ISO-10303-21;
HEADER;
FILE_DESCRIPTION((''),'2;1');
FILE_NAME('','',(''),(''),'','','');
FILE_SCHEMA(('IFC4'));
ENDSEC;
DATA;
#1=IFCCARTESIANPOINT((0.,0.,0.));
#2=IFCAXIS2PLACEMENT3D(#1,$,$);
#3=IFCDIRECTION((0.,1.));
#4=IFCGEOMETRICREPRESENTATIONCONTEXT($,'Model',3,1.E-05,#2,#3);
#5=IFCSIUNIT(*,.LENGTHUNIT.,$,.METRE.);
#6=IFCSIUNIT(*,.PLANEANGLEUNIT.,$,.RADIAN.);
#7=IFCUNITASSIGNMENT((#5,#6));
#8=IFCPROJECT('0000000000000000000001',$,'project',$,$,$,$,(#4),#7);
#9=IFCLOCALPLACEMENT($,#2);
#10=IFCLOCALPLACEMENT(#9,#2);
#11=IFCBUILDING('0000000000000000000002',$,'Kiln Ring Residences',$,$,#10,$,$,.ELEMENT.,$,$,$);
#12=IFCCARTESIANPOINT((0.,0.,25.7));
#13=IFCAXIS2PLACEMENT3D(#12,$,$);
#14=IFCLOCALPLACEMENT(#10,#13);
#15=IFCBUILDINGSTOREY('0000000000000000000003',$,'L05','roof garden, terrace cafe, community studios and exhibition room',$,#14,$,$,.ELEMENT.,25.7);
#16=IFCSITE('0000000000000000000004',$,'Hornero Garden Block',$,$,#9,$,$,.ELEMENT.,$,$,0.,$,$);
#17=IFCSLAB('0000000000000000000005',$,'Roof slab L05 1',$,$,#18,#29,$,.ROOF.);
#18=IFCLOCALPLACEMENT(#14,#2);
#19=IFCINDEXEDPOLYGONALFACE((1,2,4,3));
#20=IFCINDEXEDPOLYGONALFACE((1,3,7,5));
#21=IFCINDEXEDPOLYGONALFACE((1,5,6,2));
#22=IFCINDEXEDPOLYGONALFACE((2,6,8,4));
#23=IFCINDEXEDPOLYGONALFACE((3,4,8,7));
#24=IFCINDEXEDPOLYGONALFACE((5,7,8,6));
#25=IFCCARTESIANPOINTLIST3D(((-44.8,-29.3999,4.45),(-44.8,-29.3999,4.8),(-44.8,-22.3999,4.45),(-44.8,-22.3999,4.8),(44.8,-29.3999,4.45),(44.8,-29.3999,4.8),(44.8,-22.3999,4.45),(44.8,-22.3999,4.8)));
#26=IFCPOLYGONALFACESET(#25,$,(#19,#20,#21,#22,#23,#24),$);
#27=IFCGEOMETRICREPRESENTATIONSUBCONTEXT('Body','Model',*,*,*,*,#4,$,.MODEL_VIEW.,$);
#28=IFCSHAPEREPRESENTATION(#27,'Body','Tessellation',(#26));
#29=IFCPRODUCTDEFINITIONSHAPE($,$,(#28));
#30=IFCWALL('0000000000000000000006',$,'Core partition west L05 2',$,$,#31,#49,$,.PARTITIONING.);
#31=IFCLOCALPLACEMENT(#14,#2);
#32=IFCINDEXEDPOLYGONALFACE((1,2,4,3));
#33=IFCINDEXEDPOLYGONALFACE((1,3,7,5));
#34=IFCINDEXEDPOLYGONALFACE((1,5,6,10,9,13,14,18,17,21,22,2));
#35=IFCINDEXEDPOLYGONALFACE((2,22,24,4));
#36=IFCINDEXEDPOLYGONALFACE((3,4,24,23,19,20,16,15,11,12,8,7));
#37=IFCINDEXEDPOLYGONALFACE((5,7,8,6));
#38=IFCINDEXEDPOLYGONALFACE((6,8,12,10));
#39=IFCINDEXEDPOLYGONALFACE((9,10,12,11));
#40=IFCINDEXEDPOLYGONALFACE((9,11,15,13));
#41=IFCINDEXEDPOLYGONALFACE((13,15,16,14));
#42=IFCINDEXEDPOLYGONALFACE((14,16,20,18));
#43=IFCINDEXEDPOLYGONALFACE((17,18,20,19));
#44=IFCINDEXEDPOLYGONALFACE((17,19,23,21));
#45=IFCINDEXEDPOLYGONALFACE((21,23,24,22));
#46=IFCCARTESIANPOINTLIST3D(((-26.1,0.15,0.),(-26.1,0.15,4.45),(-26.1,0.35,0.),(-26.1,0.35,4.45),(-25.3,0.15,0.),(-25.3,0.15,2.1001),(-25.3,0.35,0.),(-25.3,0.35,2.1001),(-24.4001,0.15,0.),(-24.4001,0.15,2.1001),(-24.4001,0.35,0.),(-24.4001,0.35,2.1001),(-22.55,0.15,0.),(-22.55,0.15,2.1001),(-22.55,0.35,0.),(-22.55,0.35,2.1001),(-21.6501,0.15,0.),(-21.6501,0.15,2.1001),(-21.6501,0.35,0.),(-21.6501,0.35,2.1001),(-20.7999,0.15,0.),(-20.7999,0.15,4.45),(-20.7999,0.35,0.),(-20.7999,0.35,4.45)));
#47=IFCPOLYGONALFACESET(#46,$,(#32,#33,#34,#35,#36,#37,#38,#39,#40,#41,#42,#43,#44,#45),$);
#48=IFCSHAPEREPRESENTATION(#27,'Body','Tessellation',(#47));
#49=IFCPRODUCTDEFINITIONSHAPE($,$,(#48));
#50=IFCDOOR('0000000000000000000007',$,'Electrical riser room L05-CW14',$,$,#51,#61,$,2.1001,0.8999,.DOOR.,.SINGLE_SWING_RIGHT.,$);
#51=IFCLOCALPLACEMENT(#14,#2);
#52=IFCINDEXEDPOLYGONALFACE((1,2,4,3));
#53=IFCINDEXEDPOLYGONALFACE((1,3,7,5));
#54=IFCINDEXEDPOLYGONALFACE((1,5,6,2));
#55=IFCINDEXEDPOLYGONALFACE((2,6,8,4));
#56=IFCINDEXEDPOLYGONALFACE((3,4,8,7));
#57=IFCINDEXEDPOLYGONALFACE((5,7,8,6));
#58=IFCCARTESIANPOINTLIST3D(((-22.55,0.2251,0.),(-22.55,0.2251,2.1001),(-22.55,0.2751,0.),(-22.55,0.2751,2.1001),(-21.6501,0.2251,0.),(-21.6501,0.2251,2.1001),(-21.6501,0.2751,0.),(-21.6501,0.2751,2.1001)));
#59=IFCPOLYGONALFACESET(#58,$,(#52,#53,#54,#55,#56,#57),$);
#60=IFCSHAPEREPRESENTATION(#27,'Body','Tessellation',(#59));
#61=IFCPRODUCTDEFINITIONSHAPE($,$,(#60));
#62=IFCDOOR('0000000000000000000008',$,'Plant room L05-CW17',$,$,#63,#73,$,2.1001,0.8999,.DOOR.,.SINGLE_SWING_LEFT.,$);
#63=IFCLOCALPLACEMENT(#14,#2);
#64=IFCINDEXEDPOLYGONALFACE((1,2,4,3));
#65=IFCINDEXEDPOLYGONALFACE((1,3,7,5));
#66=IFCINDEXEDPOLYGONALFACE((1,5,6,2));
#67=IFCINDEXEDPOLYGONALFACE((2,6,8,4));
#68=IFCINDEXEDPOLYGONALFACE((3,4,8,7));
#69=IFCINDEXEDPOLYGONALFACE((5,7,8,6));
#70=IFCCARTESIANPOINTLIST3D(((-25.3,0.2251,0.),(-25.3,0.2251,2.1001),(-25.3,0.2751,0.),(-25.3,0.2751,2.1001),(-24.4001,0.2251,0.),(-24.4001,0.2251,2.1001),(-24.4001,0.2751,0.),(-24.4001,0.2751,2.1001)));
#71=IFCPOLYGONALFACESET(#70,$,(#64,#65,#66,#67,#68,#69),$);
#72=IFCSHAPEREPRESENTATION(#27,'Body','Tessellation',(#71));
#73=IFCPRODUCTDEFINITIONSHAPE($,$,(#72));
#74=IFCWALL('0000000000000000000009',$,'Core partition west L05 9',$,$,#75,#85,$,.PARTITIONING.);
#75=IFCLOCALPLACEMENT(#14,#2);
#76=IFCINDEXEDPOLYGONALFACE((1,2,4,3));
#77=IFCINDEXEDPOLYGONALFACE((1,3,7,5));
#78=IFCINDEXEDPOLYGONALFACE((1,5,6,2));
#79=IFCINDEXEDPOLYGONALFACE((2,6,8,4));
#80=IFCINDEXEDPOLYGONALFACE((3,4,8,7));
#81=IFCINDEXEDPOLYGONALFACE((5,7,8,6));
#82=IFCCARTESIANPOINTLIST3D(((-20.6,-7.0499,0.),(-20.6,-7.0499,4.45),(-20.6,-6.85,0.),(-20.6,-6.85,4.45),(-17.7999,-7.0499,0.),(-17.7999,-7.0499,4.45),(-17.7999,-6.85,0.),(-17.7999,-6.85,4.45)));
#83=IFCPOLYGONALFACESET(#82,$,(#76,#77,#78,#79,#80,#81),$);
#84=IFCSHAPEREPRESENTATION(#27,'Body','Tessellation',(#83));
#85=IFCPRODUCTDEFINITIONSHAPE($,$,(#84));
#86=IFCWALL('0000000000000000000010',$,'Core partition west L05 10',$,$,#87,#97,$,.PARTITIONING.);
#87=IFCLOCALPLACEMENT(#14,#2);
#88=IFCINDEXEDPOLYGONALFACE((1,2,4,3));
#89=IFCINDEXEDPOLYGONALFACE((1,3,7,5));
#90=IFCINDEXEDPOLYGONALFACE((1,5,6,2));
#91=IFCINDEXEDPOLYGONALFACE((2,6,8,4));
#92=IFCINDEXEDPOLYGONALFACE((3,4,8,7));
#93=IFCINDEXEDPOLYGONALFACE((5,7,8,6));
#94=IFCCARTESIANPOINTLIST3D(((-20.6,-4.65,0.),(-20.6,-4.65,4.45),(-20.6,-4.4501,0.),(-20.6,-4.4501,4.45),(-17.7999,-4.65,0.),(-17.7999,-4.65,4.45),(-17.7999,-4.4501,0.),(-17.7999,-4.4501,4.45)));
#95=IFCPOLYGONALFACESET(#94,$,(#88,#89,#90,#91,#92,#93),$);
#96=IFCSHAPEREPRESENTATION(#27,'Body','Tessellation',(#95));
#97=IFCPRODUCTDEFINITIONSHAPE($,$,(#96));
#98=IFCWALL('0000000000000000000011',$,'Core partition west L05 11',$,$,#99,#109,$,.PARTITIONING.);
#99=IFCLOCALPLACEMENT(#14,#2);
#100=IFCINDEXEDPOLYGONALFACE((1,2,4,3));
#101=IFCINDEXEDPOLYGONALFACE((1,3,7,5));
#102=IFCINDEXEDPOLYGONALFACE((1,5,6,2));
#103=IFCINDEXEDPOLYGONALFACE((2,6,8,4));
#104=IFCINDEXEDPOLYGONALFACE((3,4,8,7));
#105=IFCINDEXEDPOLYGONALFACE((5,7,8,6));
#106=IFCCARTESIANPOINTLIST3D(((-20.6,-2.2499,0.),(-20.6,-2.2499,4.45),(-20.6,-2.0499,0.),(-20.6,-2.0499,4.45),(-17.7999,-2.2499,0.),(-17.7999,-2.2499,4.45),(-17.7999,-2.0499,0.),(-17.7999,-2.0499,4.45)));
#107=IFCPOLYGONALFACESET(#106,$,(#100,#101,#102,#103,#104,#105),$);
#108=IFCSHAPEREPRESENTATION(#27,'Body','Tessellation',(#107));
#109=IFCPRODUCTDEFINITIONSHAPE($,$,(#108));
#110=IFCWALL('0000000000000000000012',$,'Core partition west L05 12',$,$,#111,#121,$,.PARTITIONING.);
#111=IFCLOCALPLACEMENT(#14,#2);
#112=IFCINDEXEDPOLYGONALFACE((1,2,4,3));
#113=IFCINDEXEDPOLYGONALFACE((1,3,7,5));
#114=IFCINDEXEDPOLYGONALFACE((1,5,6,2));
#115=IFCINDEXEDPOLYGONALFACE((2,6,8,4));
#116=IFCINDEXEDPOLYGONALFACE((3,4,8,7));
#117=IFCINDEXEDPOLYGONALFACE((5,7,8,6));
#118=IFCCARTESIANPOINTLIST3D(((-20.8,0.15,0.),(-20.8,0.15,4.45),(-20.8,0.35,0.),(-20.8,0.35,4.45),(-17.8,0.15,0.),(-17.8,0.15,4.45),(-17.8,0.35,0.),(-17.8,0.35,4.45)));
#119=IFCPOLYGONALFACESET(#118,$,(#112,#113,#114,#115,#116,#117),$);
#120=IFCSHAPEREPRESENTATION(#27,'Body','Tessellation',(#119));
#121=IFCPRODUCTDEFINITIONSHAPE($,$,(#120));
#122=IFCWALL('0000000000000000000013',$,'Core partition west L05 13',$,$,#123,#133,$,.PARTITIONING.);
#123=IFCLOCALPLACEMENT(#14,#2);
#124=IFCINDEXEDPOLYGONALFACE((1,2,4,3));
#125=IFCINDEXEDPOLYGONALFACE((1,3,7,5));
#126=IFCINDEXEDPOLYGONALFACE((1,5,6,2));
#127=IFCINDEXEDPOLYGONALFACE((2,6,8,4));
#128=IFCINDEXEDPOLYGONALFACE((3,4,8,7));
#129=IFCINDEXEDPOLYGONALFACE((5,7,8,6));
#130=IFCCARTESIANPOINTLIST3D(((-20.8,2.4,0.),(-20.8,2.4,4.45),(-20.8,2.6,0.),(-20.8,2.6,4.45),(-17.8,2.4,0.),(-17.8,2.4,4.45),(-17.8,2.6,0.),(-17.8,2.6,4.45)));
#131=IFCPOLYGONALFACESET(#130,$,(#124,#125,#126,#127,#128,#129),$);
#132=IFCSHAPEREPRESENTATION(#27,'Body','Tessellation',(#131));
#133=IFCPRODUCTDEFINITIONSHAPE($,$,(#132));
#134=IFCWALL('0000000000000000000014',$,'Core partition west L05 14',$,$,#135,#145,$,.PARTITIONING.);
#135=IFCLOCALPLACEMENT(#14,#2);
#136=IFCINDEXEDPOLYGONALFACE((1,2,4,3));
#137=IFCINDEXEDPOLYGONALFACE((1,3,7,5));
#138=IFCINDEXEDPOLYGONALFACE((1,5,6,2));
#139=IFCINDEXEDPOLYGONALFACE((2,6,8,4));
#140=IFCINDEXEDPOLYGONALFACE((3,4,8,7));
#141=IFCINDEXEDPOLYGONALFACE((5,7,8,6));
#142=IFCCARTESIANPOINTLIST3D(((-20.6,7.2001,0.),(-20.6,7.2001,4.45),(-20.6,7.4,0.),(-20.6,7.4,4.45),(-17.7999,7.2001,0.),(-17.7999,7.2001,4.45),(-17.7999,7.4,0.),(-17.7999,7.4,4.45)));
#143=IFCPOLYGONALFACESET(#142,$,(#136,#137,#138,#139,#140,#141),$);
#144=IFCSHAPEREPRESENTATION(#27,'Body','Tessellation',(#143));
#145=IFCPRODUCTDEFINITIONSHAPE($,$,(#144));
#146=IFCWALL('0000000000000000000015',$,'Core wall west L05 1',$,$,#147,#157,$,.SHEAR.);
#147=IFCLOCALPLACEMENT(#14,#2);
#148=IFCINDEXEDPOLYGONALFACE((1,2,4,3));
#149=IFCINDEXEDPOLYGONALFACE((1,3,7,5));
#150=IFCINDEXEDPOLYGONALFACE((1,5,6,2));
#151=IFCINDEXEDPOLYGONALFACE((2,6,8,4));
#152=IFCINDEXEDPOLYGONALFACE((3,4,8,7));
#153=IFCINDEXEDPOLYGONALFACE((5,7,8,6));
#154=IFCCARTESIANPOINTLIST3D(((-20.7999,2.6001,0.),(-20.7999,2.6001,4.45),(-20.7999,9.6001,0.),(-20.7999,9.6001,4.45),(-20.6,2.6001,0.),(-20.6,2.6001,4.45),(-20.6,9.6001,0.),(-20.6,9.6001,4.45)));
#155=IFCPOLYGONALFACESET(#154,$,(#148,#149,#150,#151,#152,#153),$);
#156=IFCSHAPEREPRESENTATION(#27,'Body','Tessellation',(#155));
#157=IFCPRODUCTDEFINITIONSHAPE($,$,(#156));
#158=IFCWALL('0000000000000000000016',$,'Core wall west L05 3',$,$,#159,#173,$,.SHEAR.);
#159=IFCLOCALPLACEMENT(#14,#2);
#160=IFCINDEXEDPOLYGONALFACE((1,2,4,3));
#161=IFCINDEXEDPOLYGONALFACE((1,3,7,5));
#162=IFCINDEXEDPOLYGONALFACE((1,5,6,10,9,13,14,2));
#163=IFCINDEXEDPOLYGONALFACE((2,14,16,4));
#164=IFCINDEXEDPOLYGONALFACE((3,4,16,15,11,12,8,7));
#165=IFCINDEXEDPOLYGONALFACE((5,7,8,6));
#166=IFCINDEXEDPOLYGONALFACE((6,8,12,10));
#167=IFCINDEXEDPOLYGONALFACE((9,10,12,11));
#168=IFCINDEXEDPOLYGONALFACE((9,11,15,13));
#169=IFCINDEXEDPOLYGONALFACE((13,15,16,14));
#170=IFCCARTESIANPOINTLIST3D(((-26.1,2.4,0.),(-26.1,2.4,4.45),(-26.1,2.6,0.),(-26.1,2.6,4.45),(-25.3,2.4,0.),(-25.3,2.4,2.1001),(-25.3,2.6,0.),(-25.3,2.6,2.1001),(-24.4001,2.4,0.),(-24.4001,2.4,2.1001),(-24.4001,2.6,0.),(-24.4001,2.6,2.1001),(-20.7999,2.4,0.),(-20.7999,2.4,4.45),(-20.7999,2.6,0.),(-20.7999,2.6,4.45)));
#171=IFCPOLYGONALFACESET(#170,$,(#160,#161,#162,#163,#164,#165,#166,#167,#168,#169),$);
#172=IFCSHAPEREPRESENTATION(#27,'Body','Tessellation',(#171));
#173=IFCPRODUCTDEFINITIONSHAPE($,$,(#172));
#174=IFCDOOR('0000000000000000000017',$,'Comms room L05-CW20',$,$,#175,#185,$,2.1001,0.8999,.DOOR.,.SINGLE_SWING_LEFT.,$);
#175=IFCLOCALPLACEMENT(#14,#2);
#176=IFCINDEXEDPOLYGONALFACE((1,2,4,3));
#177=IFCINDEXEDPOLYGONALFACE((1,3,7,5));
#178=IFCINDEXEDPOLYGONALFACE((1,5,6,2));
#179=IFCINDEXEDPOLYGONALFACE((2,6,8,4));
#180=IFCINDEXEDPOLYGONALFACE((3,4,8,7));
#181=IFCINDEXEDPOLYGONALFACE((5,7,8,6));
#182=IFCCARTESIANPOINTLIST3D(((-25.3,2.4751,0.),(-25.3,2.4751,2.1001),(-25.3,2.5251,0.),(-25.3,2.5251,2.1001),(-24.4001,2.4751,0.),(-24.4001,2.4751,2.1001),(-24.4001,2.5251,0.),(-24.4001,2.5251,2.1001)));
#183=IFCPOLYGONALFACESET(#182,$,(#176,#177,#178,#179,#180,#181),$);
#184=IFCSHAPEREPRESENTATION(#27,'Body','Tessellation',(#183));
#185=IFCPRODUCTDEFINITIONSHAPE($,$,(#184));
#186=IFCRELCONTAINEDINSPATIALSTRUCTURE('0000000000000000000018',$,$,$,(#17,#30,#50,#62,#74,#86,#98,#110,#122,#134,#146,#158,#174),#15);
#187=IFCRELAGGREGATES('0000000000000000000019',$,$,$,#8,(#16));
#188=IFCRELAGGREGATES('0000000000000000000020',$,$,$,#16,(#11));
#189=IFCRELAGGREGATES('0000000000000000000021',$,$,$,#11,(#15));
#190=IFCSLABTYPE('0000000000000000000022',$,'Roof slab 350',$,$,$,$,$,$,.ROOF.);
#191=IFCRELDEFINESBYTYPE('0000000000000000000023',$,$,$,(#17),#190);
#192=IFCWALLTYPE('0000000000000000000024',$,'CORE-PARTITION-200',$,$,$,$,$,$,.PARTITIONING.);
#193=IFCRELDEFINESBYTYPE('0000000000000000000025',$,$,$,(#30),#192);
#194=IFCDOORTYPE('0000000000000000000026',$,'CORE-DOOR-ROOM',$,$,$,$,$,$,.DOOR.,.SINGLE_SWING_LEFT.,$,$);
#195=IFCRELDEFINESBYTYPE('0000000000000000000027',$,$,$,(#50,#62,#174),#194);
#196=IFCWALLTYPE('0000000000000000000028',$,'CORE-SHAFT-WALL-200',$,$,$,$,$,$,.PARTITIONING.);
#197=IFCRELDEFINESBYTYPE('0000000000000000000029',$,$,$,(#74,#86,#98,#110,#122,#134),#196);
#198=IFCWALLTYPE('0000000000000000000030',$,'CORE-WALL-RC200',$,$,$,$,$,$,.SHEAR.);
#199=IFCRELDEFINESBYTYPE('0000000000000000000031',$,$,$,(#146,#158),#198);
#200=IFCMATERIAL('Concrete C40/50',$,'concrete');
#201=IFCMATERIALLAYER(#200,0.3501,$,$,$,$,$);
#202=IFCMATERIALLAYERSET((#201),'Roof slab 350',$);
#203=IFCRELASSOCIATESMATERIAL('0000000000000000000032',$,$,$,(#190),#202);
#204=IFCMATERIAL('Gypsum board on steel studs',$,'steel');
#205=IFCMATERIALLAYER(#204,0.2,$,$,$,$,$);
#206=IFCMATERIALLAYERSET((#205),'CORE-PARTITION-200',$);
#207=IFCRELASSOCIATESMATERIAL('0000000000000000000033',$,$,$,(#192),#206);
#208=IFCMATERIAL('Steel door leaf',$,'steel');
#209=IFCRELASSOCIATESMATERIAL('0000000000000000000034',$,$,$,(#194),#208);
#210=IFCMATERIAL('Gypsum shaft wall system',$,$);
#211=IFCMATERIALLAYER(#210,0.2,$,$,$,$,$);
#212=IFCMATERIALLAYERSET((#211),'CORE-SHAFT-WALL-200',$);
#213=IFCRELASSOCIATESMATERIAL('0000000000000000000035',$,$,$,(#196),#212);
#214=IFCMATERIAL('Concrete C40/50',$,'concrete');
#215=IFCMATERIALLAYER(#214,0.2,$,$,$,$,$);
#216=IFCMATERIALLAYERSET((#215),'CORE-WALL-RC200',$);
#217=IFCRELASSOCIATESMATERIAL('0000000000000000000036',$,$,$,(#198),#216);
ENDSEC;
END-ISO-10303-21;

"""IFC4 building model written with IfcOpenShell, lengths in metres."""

from ifc_helpers import new_model, si_unit, direction, frame, frame_2d, origin, place, context, subcontext, project, spatial, polyline, rectangle, outline, extrude, material, layer, layer_set, type_object, element, fill, save


model = new_model("IFC4")

# Units and contexts
model_context = context("Model", 3, precision=1e-05, world=origin(), true_north=direction((0.0, 1.0)))
body_context = subcontext(model_context, "Body", "Model", "MODEL_VIEW")
ifc_project = project(units=[si_unit("LENGTHUNIT", "METRE"), si_unit("PLANEANGLEUNIT", "RADIAN")], contexts=[model_context])

# Site, building, storey
site_placement = place(None, origin())
site = spatial("IfcSite", under=ifc_project, at=site_placement, Name="Hornero Garden Block", CompositionType="ELEMENT", RefElevation=0.0)
building_placement = place(site_placement, origin())
building = spatial("IfcBuilding", under=site, at=building_placement, Name="Kiln Ring Residences", CompositionType="ELEMENT")
storey_placement = place(building_placement, frame((0.0, 0.0, 25.7)))
storey = spatial("IfcBuildingStorey", under=building, at=storey_placement, Name="L05", Description="roof garden, terrace cafe, community studios and exhibition room", CompositionType="ELEMENT", Elevation=25.7)

# Slab
ifc_material_1 = material(Name="Concrete C40/50", Category="concrete")
ifc_layer_1 = layer(ifc_material_1, 0.3501)
ifc_layer_set_1 = layer_set([ifc_layer_1], Name="Roof slab 350")
slab_type_1 = type_object("IfcSlabType", Name="Roof slab 350", PredefinedType="ROOF", material=ifc_layer_set_1)
slab_1_placement = place(storey_placement, frame((0.0, 0.0, 4.45)))
element("IfcSlab", 1, at=slab_1_placement, inside=storey, type_object=slab_type_1, Name="Roof slab L05 1", PredefinedType="ROOF", context=body_context, shape_type="SweptSolid", body=[
    extrude(outline(polyline([(-44.8, -22.3999), (-44.8, -29.3999), (44.8, -29.3999), (44.8, -22.3999), (-44.8, -22.3999)])), origin(), (0.0, 0.0, 1.0), 0.3501),
])

# Wall, openings, doors
ifc_material_2 = material(Name="Gypsum board on steel studs", Category="steel")
ifc_layer_2 = layer(ifc_material_2, 0.2)
ifc_layer_set_2 = layer_set([ifc_layer_2], Name="CORE-PARTITION-200")
wall_type_1 = type_object("IfcWallType", Name="CORE-PARTITION-200", PredefinedType="PARTITIONING", material=ifc_layer_set_2)
wall_1_placement = place(storey_placement, frame((-20.8, 0.25, 0.0), z_axis=(0.0, 0.0, 1.0), x_axis=(-1.0, 0.0, 0.0)))
wall_1 = element("IfcWall", 2, at=wall_1_placement, inside=storey, type_object=wall_type_1, Name="Core partition west L05 2", PredefinedType="PARTITIONING", context=body_context, shape_type="SweptSolid", body=[
    extrude(rectangle(XDim=5.3, YDim=0.2, at=frame_2d((2.6499, 0.0))), origin(), (0.0, 0.0, 1.0), 4.45),
])
opening_1_placement = place(wall_1_placement, frame((0.8501, 0.0, 0.0)))
opening_1 = element("IfcOpeningElement", 3, at=opening_1_placement, cuts=wall_1, PredefinedType="OPENING", context=body_context, shape_type="SweptSolid", body=[
    extrude(rectangle(XDim=0.8999, YDim=2.1001, at=frame_2d((0.45, 1.05))), frame((0.0, 0.1099, 0.0), z_axis=(0.0, -1.0, 0.0), x_axis=(1.0, 0.0, 0.0)), (0.0, 0.0, 1.0), 0.22),
])
opening_2_placement = place(wall_1_placement, frame((3.6001, 0.0, 0.0)))
opening_2 = element("IfcOpeningElement", 4, at=opening_2_placement, cuts=wall_1, PredefinedType="OPENING", context=body_context, shape_type="SweptSolid", body=[
    extrude(rectangle(XDim=0.8999, YDim=2.1001, at=frame_2d((0.45, 1.05))), frame((0.0, 0.1099, 0.0), z_axis=(0.0, -1.0, 0.0), x_axis=(1.0, 0.0, 0.0)), (0.0, 0.0, 1.0), 0.22),
])
ifc_material_3 = material(Name="Steel door leaf", Category="steel")
door_type = type_object("IfcDoorType", Name="CORE-DOOR-ROOM", OperationType="SINGLE_SWING_LEFT", PredefinedType="DOOR", material=ifc_material_3)
door_1_placement = place(opening_1_placement, origin())
door_1 = element("IfcDoor", 5, at=door_1_placement, inside=storey, type_object=door_type, Name="Electrical riser room L05-CW14", OperationType="SINGLE_SWING_RIGHT", OverallHeight=2.1001, OverallWidth=0.8999, PredefinedType="DOOR", context=body_context, shape_type="SweptSolid", body=[
    extrude(rectangle(XDim=0.8999, YDim=2.1001, at=frame_2d((0.45, 1.05))), frame((0.0, 0.0249, 0.0), z_axis=(0.0, -1.0, 0.0), x_axis=(1.0, 0.0, 0.0)), (0.0, 0.0, 1.0), 0.05),
])
fill(opening_1, door_1)
door_2_placement = place(opening_2_placement, origin())
door_2 = element("IfcDoor", 6, at=door_2_placement, inside=storey, type_object=door_type, Name="Plant room L05-CW17", OperationType="SINGLE_SWING_LEFT", OverallHeight=2.1001, OverallWidth=0.8999, PredefinedType="DOOR", context=body_context, shape_type="SweptSolid", body=[
    extrude(rectangle(XDim=0.8999, YDim=2.1001, at=frame_2d((0.45, 1.05))), frame((0.0, 0.0249, 0.0), z_axis=(0.0, -1.0, 0.0), x_axis=(1.0, 0.0, 0.0)), (0.0, 0.0, 1.0), 0.05),
])
fill(opening_2, door_2)

# Walls
ifc_material_4 = material(Name="Gypsum shaft wall system")
ifc_layer_3 = layer(ifc_material_4, 0.2)
ifc_layer_set_3 = layer_set([ifc_layer_3], Name="CORE-SHAFT-WALL-200")
wall_type_2 = type_object("IfcWallType", Name="CORE-SHAFT-WALL-200", PredefinedType="PARTITIONING", material=ifc_layer_set_3)
for number, where, z_axis, x_axis, name in (
    (7, (-17.8, -6.95, 0.0), (0.0, 0.0, 1.0), (-1.0, 0.0, 0.0), "Core partition west L05 9"),
    (8, (-17.8, -4.55, 0.0), (0.0, 0.0, 1.0), (-1.0, 0.0, 0.0), "Core partition west L05 10"),
    (9, (-17.8, -2.1499, 0.0), (0.0, 0.0, 1.0), (-1.0, 0.0, 0.0), "Core partition west L05 11"),
):
    element("IfcWall", number, at=place(storey_placement, frame(where, z_axis=z_axis, x_axis=x_axis)), inside=storey, type_object=wall_type_2, Name=name, PredefinedType="PARTITIONING", context=body_context, shape_type="SweptSolid", body=[
        extrude(rectangle(XDim=2.8, YDim=0.2, at=frame_2d((1.3999, 0.0))), origin(), (0.0, 0.0, 1.0), 4.45),
    ])
for number, where, z_axis, x_axis, name in (
    (10, (-17.8, 0.25, 0.0), (0.0, 0.0, 1.0), (-1.0, 0.0, 0.0), "Core partition west L05 12"),
    (11, (-17.8, 2.5, 0.0), (0.0, 0.0, 1.0), (-1.0, 0.0, 0.0), "Core partition west L05 13"),
):
    element("IfcWall", number, at=place(storey_placement, frame(where, z_axis=z_axis, x_axis=x_axis)), inside=storey, type_object=wall_type_2, Name=name, PredefinedType="PARTITIONING", context=body_context, shape_type="SweptSolid", body=[
        extrude(rectangle(XDim=3.0, YDim=0.2, at=frame_2d((1.5, 0.0))), origin(), (0.0, 0.0, 1.0), 4.45),
    ])
wall_2_placement = place(storey_placement, frame((-17.8, 7.3, 0.0), z_axis=(0.0, 0.0, 1.0), x_axis=(-1.0, 0.0, 0.0)))
element("IfcWall", 12, at=wall_2_placement, inside=storey, type_object=wall_type_2, Name="Core partition west L05 14", PredefinedType="PARTITIONING", context=body_context, shape_type="SweptSolid", body=[
    extrude(rectangle(XDim=2.8, YDim=0.2, at=frame_2d((1.3999, 0.0))), origin(), (0.0, 0.0, 1.0), 4.45),
])
ifc_material_5 = material(Name="Concrete C40/50", Category="concrete")
ifc_layer_4 = layer(ifc_material_5, 0.2)
ifc_layer_set_4 = layer_set([ifc_layer_4], Name="CORE-WALL-RC200")
wall_type_3 = type_object("IfcWallType", Name="CORE-WALL-RC200", PredefinedType="SHEAR", material=ifc_layer_set_4)
wall_3_placement = place(storey_placement, frame((-20.7, 2.6001, 0.0), z_axis=(0.0, 0.0, 1.0), x_axis=(0.0, 1.0, 0.0)))
element("IfcWall", 13, at=wall_3_placement, inside=storey, type_object=wall_type_3, Name="Core wall west L05 1", PredefinedType="SHEAR", context=body_context, shape_type="SweptSolid", body=[
    extrude(rectangle(XDim=7.0, YDim=0.2, at=frame_2d((3.5, 0.0))), origin(), (0.0, 0.0, 1.0), 4.45),
])

# Wall, opening, door
wall_4_placement = place(storey_placement, frame((-20.8, 2.5, 0.0), z_axis=(0.0, 0.0, 1.0), x_axis=(-1.0, 0.0, 0.0)))
wall_4 = element("IfcWall", 14, at=wall_4_placement, inside=storey, type_object=wall_type_3, Name="Core wall west L05 3", PredefinedType="SHEAR", context=body_context, shape_type="SweptSolid", body=[
    extrude(rectangle(XDim=5.3, YDim=0.2, at=frame_2d((2.6499, 0.0))), origin(), (0.0, 0.0, 1.0), 4.45),
])
opening_3_placement = place(wall_4_placement, frame((3.6001, 0.0, 0.0)))
opening_3 = element("IfcOpeningElement", 15, at=opening_3_placement, cuts=wall_4, PredefinedType="OPENING", context=body_context, shape_type="SweptSolid", body=[
    extrude(rectangle(XDim=0.8999, YDim=2.1001, at=frame_2d((0.45, 1.05))), frame((0.0, 0.1099, 0.0), z_axis=(0.0, -1.0, 0.0), x_axis=(1.0, 0.0, 0.0)), (0.0, 0.0, 1.0), 0.22),
])
door_3_placement = place(opening_3_placement, origin())
door_3 = element("IfcDoor", 16, at=door_3_placement, inside=storey, type_object=door_type, Name="Comms room L05-CW20", OperationType="SINGLE_SWING_LEFT", OverallHeight=2.1001, OverallWidth=0.8999, PredefinedType="DOOR", context=body_context, shape_type="SweptSolid", body=[
    extrude(rectangle(XDim=0.8999, YDim=2.1001, at=frame_2d((0.45, 1.05))), frame((0.0, 0.0249, 0.0), z_axis=(0.0, -1.0, 0.0), x_axis=(1.0, 0.0, 0.0)), (0.0, 0.0, 1.0), 0.05),
])
fill(opening_3, door_3)

save(model, "model.ifc")
